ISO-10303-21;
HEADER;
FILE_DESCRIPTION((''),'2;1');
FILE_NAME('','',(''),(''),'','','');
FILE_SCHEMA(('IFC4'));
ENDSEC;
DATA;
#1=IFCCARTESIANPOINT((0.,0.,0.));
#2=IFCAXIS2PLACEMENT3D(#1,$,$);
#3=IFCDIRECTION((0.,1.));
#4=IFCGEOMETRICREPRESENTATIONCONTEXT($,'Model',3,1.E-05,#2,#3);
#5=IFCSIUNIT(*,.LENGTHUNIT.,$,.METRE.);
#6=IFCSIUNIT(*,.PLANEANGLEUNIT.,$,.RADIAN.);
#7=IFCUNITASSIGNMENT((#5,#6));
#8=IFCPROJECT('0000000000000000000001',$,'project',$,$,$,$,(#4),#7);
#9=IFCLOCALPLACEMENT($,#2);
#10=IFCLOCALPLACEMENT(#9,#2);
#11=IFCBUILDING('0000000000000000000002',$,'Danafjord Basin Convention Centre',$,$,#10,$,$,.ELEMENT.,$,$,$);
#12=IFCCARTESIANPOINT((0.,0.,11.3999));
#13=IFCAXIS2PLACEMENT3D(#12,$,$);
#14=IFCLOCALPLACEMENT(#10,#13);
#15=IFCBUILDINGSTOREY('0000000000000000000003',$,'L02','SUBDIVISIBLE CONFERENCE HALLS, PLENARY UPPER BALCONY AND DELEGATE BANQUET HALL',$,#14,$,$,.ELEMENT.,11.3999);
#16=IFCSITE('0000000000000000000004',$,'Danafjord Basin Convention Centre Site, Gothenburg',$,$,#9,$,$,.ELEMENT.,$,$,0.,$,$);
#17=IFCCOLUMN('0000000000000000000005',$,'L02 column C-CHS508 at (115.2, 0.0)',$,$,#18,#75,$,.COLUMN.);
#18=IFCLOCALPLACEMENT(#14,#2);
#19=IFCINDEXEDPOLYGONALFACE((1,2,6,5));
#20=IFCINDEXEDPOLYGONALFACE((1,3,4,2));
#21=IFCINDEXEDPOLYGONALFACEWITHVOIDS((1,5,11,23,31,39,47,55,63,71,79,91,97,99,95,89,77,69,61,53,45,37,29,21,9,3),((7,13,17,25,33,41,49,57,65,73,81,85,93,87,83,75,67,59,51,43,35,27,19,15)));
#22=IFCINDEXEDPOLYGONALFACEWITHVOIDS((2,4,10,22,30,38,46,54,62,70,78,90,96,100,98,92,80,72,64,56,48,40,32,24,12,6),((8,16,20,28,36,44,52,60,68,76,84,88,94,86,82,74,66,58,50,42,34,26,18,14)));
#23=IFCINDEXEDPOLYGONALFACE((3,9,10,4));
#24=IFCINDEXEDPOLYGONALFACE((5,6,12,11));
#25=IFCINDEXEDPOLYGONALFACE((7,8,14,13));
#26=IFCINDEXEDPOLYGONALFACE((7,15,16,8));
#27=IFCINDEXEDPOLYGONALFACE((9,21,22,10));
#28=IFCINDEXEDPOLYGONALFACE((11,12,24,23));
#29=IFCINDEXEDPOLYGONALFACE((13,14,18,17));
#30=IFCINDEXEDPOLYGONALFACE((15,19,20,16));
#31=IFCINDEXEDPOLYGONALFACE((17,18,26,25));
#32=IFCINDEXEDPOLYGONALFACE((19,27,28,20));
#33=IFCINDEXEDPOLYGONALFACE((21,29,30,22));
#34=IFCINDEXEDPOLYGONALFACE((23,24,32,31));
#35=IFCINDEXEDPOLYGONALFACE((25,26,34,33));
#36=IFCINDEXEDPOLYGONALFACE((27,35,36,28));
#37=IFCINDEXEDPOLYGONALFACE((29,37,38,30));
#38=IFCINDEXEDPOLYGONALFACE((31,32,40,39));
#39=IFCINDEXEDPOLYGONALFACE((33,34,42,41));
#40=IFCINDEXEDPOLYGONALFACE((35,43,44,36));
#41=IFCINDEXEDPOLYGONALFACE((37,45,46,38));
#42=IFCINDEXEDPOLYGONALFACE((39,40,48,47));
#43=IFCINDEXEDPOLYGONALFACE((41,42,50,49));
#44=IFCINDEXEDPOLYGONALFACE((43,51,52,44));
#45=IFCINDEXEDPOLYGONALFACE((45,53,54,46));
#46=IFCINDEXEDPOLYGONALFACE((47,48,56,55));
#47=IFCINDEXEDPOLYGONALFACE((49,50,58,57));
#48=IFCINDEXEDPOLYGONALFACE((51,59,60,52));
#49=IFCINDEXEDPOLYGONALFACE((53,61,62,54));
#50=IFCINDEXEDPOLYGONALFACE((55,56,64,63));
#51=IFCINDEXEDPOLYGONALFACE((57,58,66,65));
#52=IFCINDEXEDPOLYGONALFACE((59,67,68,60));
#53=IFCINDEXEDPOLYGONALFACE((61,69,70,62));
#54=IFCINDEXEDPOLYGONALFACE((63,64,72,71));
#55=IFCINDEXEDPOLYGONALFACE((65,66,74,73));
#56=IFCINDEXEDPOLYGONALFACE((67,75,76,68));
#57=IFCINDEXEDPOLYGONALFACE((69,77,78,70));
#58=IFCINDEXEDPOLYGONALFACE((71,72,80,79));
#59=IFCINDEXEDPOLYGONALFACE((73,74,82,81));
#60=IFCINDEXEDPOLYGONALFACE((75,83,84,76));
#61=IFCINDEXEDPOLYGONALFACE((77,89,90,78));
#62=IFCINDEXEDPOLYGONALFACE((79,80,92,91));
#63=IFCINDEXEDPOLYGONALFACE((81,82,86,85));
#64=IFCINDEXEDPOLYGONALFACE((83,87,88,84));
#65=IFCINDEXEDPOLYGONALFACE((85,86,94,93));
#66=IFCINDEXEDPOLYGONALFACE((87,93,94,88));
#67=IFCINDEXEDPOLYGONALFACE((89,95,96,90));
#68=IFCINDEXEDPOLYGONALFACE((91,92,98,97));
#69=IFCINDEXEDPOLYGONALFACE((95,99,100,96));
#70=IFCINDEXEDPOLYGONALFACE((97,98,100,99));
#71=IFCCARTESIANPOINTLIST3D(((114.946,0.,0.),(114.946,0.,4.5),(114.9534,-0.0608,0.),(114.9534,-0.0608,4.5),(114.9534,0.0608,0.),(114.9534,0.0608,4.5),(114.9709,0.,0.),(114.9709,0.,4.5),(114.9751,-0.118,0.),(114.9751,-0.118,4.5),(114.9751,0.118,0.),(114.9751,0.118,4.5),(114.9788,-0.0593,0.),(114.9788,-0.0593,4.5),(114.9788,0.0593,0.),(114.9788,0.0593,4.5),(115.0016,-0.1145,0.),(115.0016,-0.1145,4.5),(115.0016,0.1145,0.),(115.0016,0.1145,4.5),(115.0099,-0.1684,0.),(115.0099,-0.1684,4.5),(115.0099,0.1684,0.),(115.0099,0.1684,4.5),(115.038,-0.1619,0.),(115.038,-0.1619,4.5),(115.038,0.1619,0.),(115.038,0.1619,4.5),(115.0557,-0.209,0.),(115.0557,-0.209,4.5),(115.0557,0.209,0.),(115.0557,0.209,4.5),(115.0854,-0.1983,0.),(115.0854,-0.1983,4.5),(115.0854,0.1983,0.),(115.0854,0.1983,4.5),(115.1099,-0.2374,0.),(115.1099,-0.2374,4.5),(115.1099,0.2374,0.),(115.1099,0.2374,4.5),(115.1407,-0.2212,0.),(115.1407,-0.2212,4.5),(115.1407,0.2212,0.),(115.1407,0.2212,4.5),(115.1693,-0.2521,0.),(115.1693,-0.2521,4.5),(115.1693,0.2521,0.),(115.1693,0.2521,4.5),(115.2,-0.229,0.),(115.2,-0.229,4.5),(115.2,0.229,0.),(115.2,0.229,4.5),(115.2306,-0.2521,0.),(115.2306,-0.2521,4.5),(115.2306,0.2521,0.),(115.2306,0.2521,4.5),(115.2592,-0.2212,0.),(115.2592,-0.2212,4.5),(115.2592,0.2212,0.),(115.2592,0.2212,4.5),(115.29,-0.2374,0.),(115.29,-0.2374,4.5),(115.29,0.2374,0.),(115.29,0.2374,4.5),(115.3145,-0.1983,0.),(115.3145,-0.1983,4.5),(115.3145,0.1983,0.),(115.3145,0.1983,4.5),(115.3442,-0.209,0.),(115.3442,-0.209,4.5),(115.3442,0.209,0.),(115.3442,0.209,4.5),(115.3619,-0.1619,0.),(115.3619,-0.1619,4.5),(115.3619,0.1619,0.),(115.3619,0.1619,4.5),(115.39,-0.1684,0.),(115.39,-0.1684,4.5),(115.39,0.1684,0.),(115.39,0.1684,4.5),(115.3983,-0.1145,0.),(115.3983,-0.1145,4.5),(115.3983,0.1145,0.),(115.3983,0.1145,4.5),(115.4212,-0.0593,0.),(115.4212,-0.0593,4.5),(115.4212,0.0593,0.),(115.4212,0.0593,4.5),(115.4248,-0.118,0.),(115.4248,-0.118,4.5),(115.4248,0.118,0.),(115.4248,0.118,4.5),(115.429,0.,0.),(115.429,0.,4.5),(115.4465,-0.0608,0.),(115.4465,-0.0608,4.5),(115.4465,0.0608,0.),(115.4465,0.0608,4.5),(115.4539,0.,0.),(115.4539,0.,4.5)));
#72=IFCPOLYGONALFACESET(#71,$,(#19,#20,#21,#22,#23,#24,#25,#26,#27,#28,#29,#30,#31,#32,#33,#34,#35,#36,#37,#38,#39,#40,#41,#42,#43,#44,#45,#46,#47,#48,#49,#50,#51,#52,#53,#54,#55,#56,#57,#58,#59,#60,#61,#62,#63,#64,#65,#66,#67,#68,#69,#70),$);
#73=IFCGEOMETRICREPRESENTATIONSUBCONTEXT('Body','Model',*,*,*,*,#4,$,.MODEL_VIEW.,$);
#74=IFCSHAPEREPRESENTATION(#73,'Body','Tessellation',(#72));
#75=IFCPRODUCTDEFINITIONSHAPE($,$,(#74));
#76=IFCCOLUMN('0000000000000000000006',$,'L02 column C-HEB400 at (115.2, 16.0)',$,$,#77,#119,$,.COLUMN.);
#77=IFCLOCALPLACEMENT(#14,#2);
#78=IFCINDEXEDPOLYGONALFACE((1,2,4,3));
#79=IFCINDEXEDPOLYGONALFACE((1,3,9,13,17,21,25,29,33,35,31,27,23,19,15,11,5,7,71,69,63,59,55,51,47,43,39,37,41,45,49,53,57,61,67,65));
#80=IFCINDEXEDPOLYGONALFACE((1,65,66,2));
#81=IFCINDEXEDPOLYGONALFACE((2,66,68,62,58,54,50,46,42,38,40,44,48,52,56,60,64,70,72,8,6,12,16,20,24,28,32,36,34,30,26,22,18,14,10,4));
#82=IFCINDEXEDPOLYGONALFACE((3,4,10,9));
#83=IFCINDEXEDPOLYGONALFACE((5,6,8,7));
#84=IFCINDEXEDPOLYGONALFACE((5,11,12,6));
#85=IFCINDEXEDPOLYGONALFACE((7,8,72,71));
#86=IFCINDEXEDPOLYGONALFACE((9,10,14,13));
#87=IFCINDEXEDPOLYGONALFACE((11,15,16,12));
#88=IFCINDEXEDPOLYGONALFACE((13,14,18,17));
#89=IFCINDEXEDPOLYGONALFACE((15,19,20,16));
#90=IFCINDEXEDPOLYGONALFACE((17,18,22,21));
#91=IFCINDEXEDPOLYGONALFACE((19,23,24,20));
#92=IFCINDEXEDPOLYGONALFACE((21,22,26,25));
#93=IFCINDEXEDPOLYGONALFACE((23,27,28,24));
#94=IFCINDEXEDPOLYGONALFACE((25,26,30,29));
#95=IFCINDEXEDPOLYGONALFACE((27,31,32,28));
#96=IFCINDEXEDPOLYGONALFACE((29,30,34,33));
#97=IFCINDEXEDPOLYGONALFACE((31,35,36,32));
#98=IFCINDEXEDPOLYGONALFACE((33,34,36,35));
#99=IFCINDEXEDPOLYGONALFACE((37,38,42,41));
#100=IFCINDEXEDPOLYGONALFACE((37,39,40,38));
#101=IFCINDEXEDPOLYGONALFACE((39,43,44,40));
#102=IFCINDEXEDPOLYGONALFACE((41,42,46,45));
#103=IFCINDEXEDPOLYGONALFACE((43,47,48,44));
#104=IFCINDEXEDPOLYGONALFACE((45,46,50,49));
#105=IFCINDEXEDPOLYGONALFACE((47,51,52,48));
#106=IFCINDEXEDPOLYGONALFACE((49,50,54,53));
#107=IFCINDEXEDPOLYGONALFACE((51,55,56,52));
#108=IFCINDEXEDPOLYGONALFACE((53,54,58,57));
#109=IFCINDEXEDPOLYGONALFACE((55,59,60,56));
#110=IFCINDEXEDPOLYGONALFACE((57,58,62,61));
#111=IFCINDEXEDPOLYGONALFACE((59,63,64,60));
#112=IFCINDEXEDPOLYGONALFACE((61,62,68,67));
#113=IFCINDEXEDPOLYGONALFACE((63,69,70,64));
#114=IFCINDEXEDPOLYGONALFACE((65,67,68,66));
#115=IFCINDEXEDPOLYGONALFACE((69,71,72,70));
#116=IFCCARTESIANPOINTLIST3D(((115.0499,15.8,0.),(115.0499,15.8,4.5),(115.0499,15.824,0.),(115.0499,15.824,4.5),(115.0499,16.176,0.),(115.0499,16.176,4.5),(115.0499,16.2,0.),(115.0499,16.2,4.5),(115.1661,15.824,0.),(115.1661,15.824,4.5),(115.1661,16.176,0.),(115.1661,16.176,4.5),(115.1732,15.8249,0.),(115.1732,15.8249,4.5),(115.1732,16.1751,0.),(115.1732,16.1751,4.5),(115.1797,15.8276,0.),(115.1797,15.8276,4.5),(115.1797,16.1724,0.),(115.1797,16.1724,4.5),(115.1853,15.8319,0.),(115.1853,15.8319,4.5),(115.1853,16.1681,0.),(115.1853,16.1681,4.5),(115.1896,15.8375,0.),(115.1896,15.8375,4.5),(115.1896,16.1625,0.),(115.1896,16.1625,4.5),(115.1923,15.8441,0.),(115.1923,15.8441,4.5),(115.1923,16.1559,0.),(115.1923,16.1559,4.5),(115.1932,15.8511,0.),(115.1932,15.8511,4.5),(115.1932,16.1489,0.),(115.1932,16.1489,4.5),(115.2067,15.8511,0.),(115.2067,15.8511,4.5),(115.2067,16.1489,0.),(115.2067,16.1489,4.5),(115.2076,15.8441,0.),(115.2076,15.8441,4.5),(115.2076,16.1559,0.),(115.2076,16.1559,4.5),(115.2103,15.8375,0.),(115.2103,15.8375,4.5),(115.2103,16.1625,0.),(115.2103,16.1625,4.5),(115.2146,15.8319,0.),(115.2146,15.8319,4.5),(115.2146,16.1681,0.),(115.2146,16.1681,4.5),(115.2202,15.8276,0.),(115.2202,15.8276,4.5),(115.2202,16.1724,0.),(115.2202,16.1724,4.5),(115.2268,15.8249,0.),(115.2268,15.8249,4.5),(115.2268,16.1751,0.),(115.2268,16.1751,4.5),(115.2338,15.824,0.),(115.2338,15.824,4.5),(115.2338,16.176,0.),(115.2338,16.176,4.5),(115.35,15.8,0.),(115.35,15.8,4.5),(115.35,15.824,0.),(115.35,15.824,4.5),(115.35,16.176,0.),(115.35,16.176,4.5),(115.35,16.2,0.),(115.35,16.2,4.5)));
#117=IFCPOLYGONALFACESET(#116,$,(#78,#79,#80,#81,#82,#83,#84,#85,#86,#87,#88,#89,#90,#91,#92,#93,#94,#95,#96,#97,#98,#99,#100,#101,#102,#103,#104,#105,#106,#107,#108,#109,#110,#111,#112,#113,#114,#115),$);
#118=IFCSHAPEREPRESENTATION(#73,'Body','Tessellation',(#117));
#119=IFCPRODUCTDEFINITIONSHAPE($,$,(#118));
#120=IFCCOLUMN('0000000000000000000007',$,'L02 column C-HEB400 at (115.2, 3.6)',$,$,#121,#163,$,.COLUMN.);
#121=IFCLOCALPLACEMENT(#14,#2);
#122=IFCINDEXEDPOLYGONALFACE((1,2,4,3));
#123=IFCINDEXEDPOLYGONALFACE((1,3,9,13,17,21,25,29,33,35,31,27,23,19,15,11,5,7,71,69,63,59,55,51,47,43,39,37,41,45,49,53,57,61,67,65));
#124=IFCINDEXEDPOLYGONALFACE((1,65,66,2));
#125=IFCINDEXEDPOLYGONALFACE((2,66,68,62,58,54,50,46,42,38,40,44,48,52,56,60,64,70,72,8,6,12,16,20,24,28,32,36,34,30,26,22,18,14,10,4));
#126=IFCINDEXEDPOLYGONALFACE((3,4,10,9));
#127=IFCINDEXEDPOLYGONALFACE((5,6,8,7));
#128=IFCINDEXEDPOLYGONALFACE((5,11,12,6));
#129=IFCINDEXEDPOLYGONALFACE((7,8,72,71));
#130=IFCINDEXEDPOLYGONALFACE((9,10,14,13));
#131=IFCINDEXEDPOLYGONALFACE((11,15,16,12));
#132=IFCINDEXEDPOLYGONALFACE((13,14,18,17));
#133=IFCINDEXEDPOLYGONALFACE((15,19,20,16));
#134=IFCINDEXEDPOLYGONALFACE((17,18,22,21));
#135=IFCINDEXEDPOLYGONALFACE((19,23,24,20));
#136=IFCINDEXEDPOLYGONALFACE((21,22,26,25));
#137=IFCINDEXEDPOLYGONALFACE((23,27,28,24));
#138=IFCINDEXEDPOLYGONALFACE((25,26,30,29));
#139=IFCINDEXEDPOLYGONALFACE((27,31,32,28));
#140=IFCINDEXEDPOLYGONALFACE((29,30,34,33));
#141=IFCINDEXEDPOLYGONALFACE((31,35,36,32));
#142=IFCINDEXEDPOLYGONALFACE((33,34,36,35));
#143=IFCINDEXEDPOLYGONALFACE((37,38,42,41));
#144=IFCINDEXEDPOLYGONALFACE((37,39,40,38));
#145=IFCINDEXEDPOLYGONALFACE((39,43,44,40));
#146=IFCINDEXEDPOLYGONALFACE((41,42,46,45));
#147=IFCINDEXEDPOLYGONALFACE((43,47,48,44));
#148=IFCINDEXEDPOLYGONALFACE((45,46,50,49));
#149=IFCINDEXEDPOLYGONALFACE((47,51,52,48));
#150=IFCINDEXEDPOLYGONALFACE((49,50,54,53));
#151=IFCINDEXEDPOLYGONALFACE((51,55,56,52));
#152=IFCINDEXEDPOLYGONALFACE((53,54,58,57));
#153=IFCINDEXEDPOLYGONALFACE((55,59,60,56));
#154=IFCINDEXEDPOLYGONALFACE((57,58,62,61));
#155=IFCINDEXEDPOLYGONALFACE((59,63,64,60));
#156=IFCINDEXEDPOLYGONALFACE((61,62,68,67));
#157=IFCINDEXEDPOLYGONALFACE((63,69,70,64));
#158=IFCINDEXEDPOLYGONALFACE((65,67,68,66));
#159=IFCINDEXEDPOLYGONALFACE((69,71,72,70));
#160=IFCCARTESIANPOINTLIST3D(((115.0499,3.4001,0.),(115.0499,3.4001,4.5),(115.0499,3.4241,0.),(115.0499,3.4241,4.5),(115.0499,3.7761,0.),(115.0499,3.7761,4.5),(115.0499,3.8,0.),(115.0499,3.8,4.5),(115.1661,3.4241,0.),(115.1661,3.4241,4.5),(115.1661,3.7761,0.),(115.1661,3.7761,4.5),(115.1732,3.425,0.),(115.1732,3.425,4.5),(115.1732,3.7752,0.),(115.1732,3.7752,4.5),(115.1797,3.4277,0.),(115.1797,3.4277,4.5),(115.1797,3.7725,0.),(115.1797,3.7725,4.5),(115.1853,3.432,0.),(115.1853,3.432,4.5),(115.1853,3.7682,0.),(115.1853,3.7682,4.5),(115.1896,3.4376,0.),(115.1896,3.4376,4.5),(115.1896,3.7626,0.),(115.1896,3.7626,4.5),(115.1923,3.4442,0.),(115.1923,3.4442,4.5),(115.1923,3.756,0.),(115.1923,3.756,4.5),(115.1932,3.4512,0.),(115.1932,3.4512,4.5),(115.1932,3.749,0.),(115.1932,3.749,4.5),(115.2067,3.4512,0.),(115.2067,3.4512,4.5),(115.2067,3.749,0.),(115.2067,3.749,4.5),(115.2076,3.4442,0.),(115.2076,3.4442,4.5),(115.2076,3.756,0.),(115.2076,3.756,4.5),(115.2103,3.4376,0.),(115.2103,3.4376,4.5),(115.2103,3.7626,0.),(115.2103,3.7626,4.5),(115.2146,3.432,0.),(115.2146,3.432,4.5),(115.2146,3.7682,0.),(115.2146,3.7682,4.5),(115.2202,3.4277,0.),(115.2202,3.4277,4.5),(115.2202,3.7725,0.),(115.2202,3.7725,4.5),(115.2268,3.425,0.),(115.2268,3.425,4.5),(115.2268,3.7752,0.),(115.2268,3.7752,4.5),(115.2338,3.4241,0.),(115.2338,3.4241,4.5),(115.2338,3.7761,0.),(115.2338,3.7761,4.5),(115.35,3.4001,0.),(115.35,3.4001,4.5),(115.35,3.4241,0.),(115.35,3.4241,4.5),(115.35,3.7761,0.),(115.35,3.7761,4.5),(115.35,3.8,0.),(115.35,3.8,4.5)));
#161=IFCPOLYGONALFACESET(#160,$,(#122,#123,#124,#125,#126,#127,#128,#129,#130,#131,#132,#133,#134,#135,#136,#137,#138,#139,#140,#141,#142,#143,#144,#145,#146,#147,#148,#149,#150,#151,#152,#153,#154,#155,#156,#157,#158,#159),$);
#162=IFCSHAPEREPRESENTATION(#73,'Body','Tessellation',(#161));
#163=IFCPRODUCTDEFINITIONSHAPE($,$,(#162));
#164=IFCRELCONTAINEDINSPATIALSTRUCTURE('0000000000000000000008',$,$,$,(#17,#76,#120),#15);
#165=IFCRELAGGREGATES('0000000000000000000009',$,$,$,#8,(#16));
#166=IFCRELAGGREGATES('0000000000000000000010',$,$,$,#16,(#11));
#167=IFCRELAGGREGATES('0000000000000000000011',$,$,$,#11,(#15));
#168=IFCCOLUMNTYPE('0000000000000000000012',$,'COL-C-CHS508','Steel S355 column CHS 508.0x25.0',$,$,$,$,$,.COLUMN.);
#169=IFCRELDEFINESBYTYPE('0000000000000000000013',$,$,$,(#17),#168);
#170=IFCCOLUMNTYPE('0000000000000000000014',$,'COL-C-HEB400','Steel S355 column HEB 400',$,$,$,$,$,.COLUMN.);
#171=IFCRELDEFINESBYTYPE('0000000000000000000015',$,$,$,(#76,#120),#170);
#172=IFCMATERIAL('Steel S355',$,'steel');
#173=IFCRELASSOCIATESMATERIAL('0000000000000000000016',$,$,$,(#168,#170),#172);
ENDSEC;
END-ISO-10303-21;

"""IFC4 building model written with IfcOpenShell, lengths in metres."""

from ifc_helpers import new_model, si_unit, direction, frame, origin, origin_2d, place, context, subcontext, project, spatial, hollow_circle, i_section, extrude, material, material_profile, profile_set, type_object, element, save


model = new_model("IFC4")

# Units and contexts
model_context = context("Model", 3, precision=1e-05, world=origin(), true_north=direction((0.0, 1.0)))
body_context = subcontext(model_context, "Body", "Model", "MODEL_VIEW")
ifc_project = project(units=[si_unit("LENGTHUNIT", "METRE"), si_unit("PLANEANGLEUNIT", "RADIAN")], contexts=[model_context])

# Site, building, storey
site_placement = place(None, origin())
site = spatial("IfcSite", under=ifc_project, at=site_placement, Name="Danafjord Basin Convention Centre Site, Gothenburg", CompositionType="ELEMENT", RefElevation=0.0)
building_placement = place(site_placement, origin())
building = spatial("IfcBuilding", under=site, at=building_placement, Name="Danafjord Basin Convention Centre", CompositionType="ELEMENT")
storey_placement = place(building_placement, frame((0.0, 0.0, 11.3999)))
storey = spatial("IfcBuildingStorey", under=building, at=storey_placement, Name="L02", Description="SUBDIVISIBLE CONFERENCE HALLS, PLENARY UPPER BALCONY AND DELEGATE BANQUET HALL", CompositionType="ELEMENT", Elevation=11.3999)

# Columns
ifc_material_1 = material(Name="Steel S355", Category="steel")
ifc_material_profile_1 = material_profile(ifc_material_1, hollow_circle(Radius=0.2539, WallThickness=0.0249, at=origin_2d()), Name="CHS 508.0x25.0")
ifc_profile_set_1 = profile_set([ifc_material_profile_1], Name="Steel S355")
column_type_1 = type_object("IfcColumnType", Name="COL-C-CHS508", Description="Steel S355 column CHS 508.0x25.0", PredefinedType="COLUMN", material=ifc_profile_set_1)
column_1_placement = place(storey_placement, frame((115.2, 0.0, 0.0), z_axis=(0.0, 0.0, 1.0), x_axis=(1.0, 0.0, 0.0)))
element("IfcColumn", 1, at=column_1_placement, inside=storey, type_object=column_type_1, Name="L02 column C-CHS508 at (115.2, 0.0)", PredefinedType="COLUMN", context=body_context, shape_type="SweptSolid", body=[
    extrude(hollow_circle(Radius=0.2539, WallThickness=0.0249, at=origin_2d()), origin(), (0.0, 0.0, 1.0), 4.5),
])
ifc_material_profile_2 = material_profile(ifc_material_1, i_section(OverallWidth=0.3, OverallDepth=0.3999, WebThickness=0.0134, FlangeThickness=0.0239, FilletRadius=0.0271, at=origin_2d()), Name="HEB 400")
ifc_profile_set_2 = profile_set([ifc_material_profile_2], Name="Steel S355")
column_type_2 = type_object("IfcColumnType", Name="COL-C-HEB400", Description="Steel S355 column HEB 400", PredefinedType="COLUMN", material=ifc_profile_set_2)
for number, where, z_axis, x_axis, name in (
    (2, (115.2, 16.0, 0.0), (0.0, 0.0, 1.0), (1.0, 0.0, 0.0), "L02 column C-HEB400 at (115.2, 16.0)"),
    (3, (115.2, 3.6001, 0.0), (0.0, 0.0, 1.0), (1.0, 0.0, 0.0), "L02 column C-HEB400 at (115.2, 3.6)"),
):
    element("IfcColumn", number, at=place(storey_placement, frame(where, z_axis=z_axis, x_axis=x_axis)), inside=storey, type_object=column_type_2, Name=name, PredefinedType="COLUMN", context=body_context, shape_type="SweptSolid", body=[
        extrude(i_section(OverallWidth=0.3, OverallDepth=0.3999, WebThickness=0.0134, FlangeThickness=0.0239, FilletRadius=0.0271, at=origin_2d()), origin(), (0.0, 0.0, 1.0), 4.5),
    ])

save(model, "model.ifc")
